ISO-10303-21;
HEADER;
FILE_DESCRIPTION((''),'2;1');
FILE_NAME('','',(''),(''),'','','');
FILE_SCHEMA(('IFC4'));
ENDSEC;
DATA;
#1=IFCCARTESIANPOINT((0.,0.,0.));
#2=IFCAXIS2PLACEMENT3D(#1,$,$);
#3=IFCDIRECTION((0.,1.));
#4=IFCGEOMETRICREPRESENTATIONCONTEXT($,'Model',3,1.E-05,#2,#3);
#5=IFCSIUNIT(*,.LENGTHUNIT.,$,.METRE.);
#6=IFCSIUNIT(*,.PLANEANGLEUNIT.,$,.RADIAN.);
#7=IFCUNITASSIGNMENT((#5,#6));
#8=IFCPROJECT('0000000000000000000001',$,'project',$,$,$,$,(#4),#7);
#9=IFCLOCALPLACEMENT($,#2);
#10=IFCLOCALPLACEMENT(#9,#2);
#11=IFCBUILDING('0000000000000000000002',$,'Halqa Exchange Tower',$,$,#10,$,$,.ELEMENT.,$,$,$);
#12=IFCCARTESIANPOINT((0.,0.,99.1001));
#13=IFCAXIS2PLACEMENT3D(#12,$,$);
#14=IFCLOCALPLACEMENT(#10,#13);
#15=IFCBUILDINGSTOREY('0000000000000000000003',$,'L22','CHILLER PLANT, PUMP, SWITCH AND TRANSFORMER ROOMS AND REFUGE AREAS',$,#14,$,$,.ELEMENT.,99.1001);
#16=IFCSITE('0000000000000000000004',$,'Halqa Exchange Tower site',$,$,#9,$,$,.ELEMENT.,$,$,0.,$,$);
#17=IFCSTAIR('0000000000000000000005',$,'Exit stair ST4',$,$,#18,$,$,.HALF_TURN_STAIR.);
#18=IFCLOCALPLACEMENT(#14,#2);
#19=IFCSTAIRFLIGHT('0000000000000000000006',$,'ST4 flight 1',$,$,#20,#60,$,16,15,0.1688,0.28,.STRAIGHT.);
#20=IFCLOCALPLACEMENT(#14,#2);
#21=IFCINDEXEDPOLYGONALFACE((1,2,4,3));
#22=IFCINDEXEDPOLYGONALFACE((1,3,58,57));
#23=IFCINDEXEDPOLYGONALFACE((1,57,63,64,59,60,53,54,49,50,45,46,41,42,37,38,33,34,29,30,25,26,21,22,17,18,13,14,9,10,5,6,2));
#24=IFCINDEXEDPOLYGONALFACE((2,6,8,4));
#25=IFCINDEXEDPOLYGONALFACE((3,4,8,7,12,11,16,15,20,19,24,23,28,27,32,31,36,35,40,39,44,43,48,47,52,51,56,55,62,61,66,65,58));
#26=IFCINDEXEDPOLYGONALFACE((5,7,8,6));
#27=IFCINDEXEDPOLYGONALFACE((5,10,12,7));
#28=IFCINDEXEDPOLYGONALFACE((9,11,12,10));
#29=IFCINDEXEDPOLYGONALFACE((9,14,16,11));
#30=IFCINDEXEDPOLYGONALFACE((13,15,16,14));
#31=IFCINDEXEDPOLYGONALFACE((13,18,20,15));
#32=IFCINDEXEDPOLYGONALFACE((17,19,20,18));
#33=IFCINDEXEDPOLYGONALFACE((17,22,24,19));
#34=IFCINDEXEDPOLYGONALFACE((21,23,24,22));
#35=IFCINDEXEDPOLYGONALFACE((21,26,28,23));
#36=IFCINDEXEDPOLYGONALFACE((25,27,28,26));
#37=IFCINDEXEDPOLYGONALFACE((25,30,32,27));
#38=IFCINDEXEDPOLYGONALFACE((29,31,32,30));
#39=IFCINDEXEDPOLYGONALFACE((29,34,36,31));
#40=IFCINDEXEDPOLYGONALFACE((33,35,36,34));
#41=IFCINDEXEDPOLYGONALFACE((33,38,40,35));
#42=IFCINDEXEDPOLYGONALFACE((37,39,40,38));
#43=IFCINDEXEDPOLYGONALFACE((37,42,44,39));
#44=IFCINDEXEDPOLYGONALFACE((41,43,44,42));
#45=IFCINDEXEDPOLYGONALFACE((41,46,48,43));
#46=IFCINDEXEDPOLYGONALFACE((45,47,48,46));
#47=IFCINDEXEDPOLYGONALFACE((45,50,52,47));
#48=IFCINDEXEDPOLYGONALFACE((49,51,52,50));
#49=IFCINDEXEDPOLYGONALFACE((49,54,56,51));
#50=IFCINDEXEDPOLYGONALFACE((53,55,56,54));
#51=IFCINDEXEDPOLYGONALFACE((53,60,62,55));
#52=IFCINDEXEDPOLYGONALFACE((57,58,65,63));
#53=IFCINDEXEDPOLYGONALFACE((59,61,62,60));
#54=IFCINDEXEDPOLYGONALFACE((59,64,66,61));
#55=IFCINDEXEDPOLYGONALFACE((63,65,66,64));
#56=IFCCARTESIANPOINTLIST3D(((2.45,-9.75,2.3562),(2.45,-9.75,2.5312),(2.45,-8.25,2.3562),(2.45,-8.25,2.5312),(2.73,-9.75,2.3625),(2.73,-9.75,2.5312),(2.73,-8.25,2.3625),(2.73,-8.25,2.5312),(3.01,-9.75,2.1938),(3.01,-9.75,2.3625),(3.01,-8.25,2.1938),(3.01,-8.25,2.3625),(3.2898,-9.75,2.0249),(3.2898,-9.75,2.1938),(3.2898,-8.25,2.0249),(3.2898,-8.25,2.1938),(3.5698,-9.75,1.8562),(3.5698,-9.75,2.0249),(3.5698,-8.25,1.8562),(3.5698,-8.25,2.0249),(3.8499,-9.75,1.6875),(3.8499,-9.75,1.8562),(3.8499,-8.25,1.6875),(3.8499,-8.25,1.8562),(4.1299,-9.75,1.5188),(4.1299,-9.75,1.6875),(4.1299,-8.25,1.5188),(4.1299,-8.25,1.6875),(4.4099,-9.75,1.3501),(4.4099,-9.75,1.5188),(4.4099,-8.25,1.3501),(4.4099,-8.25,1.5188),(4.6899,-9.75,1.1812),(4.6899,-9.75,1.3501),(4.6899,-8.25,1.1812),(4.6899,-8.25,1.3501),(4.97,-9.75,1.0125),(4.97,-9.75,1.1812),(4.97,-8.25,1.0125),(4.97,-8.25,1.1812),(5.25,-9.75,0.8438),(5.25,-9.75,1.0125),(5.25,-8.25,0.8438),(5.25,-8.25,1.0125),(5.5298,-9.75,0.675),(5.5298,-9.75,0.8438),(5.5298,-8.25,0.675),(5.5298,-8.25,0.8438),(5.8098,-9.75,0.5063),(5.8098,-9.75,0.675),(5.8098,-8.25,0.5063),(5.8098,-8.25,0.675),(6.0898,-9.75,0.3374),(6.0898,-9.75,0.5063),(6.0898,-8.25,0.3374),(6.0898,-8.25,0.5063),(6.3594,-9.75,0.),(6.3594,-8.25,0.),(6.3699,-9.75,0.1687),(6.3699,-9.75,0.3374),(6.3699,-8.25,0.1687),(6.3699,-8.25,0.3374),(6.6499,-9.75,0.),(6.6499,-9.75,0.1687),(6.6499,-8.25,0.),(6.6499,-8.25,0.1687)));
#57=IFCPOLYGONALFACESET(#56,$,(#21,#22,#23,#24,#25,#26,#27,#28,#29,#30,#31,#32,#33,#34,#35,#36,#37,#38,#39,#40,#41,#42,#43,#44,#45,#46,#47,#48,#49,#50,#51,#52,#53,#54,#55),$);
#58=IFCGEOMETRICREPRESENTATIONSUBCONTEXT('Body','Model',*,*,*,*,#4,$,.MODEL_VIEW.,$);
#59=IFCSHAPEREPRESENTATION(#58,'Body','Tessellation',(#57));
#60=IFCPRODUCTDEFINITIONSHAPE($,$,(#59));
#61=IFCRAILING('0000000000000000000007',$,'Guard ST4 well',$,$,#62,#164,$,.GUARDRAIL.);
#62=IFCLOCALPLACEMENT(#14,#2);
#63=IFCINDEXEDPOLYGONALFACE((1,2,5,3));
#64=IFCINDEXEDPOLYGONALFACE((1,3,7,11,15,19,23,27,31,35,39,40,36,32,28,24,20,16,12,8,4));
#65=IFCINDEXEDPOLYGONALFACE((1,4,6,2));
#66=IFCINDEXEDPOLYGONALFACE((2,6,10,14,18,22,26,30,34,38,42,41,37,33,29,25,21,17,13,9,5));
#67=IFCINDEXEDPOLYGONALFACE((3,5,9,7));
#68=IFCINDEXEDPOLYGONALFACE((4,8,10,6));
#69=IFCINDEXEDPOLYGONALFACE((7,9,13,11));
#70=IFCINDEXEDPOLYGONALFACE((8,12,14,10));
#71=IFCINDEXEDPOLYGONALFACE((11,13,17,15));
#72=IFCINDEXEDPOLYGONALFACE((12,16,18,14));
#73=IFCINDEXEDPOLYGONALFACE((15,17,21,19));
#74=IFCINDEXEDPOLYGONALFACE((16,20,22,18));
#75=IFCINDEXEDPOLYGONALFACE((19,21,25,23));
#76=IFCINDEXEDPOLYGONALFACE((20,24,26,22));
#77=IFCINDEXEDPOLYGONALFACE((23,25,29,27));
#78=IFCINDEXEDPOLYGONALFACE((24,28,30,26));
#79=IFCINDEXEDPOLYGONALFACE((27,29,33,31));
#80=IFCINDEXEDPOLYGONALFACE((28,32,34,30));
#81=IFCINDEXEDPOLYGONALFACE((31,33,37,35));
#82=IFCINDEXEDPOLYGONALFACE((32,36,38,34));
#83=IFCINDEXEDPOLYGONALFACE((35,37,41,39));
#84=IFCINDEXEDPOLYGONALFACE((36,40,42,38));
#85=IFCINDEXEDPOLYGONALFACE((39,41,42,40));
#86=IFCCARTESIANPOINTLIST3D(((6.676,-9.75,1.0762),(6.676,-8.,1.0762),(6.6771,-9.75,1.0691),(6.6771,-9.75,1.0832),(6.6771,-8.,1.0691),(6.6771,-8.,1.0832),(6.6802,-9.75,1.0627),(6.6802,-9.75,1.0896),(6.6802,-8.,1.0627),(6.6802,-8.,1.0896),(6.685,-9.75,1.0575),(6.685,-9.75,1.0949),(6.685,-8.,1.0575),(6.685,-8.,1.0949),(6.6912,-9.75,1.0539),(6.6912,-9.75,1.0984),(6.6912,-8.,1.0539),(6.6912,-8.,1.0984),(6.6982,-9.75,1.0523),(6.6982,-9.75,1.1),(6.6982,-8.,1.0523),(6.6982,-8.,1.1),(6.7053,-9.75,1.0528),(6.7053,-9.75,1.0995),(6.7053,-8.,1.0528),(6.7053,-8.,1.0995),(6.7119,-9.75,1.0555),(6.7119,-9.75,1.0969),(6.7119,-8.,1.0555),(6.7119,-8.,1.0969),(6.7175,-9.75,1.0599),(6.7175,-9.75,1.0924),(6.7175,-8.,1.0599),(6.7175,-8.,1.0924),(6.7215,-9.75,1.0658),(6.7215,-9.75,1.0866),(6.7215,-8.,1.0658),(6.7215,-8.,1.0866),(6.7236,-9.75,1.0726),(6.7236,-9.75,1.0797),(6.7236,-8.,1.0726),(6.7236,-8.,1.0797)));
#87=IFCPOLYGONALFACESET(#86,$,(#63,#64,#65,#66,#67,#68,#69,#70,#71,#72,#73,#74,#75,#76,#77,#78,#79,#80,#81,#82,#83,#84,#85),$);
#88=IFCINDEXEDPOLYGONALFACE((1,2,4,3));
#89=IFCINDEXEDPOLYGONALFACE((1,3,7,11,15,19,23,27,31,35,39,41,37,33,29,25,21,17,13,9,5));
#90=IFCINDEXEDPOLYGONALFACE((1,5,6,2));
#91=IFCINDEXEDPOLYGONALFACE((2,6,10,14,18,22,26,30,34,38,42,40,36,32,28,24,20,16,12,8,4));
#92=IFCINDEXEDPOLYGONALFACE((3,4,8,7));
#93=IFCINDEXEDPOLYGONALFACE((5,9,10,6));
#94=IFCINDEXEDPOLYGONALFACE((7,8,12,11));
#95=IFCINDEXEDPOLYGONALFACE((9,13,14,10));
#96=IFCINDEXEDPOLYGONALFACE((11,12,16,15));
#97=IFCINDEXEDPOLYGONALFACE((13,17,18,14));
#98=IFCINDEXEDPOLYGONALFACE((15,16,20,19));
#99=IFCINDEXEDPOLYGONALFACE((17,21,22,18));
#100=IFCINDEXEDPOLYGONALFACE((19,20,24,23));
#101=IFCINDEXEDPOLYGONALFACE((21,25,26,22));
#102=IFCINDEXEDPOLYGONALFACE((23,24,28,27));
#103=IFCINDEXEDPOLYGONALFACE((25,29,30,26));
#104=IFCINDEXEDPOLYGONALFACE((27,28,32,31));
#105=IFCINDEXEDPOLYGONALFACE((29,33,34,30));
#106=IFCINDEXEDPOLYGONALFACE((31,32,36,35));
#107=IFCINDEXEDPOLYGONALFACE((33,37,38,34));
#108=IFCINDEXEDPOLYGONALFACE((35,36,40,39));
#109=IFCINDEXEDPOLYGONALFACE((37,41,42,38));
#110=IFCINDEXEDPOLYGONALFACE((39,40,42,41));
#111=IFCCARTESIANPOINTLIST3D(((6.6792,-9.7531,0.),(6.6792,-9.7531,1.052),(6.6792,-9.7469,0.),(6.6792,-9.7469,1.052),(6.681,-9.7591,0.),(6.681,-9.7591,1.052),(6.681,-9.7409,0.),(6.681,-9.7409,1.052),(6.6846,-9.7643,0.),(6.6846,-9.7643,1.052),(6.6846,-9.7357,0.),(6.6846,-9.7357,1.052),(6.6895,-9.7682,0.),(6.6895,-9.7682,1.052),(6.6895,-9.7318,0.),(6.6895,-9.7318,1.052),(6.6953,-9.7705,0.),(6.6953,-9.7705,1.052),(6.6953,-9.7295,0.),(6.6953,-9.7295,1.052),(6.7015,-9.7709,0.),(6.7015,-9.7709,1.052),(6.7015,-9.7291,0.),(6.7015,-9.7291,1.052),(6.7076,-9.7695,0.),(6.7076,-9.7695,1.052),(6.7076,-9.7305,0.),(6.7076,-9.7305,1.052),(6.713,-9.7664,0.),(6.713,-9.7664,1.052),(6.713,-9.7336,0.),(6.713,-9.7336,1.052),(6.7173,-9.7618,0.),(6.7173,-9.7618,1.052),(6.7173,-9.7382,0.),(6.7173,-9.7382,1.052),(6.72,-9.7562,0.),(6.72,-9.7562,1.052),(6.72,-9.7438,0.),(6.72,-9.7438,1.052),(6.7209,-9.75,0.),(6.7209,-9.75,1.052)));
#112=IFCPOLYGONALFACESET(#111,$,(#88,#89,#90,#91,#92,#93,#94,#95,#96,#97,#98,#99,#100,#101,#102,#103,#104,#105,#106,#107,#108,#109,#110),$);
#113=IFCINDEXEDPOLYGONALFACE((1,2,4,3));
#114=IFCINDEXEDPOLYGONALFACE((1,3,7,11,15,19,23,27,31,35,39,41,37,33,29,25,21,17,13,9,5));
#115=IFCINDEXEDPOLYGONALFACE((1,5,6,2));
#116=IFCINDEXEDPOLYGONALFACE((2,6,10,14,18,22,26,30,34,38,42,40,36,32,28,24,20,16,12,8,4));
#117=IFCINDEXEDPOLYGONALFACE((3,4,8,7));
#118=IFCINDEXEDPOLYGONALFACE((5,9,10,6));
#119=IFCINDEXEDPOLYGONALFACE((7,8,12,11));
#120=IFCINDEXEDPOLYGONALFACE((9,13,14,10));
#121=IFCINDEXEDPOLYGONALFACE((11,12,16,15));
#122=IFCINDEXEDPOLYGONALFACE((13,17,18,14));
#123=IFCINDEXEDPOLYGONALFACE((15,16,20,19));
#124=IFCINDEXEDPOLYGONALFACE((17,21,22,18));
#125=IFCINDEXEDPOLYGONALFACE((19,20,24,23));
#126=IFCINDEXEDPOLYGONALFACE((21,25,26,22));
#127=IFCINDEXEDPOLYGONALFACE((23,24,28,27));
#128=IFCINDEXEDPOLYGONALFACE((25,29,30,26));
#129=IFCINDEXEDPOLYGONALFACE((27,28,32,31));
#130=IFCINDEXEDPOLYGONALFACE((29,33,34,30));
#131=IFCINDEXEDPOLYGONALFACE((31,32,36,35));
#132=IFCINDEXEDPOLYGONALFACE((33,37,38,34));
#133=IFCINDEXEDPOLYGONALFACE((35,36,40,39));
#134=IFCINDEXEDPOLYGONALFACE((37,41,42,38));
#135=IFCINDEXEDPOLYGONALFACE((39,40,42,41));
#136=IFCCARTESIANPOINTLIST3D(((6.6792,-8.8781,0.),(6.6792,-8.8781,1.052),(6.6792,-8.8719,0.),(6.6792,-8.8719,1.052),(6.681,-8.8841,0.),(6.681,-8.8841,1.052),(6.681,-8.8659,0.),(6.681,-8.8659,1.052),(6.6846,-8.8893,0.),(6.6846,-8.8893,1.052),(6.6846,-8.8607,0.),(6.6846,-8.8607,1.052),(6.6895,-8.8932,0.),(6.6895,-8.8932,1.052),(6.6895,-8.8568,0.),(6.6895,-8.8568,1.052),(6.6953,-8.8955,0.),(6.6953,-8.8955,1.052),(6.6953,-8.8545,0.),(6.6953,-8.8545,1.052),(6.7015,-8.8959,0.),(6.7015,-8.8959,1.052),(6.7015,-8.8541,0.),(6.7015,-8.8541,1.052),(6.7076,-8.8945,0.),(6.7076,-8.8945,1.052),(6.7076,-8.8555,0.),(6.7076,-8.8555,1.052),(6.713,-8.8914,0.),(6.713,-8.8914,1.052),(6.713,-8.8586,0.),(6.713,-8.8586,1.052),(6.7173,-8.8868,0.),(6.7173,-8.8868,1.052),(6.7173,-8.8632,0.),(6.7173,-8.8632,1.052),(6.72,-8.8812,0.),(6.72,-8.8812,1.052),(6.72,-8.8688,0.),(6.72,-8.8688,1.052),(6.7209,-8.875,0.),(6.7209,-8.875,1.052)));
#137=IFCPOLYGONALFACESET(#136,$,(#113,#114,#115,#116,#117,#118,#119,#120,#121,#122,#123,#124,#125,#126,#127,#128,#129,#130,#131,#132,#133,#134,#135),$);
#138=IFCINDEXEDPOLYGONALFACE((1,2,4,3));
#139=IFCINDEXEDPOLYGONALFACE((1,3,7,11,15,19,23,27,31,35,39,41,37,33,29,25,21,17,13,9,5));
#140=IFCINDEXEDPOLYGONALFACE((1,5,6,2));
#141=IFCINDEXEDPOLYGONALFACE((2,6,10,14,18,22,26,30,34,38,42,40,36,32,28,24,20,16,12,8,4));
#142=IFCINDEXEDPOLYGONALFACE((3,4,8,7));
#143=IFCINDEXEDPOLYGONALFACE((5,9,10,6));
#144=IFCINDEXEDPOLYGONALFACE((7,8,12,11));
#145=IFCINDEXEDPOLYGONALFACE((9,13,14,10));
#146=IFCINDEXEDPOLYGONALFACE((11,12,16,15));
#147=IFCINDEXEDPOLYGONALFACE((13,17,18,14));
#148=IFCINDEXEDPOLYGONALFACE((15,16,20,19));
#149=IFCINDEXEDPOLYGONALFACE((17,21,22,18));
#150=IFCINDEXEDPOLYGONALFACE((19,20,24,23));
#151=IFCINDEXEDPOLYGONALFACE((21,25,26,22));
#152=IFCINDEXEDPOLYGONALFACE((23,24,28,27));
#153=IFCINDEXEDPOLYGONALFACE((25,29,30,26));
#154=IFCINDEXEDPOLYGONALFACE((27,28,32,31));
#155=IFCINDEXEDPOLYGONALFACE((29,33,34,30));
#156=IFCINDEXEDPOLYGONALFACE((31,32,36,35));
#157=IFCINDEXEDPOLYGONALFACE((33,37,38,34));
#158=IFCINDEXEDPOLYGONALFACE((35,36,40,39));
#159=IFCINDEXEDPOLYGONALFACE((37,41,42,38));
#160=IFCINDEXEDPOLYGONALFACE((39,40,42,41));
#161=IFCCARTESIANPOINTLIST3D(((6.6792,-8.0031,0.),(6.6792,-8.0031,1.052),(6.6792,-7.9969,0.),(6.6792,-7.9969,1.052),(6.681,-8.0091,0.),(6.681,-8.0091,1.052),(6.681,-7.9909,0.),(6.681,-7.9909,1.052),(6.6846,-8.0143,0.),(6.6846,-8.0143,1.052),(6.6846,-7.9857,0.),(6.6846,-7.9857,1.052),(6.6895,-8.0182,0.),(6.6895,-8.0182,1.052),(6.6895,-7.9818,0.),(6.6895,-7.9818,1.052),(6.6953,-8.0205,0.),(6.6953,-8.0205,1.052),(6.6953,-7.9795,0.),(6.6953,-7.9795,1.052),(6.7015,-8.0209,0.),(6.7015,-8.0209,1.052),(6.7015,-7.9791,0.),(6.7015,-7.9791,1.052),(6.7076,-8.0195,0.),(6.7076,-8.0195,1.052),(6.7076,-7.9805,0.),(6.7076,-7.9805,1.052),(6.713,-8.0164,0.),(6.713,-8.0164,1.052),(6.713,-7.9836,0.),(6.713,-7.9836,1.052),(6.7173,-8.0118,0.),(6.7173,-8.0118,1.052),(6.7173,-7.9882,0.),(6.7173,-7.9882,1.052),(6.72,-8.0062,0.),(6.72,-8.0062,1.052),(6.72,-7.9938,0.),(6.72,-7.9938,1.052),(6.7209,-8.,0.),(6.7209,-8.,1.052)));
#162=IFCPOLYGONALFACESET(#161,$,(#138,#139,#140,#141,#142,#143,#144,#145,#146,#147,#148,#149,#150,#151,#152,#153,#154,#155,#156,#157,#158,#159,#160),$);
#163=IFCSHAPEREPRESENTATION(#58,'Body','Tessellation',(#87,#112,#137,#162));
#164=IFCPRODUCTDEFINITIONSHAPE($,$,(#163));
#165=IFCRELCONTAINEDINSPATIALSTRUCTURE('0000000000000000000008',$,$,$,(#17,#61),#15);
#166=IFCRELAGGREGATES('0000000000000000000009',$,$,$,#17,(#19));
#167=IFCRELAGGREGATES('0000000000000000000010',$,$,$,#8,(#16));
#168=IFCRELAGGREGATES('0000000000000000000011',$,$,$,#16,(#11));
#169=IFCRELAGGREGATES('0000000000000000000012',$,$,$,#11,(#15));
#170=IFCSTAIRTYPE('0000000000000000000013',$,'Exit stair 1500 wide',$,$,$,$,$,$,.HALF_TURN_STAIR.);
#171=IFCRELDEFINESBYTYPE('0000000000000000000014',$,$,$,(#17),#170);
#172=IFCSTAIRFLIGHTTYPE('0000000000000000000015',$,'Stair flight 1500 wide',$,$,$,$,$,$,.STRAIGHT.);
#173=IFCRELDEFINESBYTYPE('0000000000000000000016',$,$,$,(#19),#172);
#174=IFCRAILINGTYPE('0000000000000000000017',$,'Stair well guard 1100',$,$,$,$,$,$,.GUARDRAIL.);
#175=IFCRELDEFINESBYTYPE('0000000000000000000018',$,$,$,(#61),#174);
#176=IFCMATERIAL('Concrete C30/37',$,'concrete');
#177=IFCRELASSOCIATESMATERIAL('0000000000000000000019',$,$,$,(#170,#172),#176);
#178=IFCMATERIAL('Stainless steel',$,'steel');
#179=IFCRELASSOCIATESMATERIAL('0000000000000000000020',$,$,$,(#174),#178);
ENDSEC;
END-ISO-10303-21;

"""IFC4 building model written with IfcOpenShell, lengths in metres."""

from ifc_helpers import new_model, si_unit, direction, frame, origin, origin_2d, place, context, subcontext, project, spatial, polyline, circle, outline, extrude, material, type_object, element, aggregate, save


model = new_model("IFC4")

# Units and contexts
model_context = context("Model", 3, precision=1e-05, world=origin(), true_north=direction((0.0, 1.0)))
body_context = subcontext(model_context, "Body", "Model", "MODEL_VIEW")
ifc_project = project(units=[si_unit("LENGTHUNIT", "METRE"), si_unit("PLANEANGLEUNIT", "RADIAN")], contexts=[model_context])

# Site, building, storey
site_placement = place(None, origin())
site = spatial("IfcSite", under=ifc_project, at=site_placement, Name="Halqa Exchange Tower site", CompositionType="ELEMENT", RefElevation=0.0)
building_placement = place(site_placement, origin())
building = spatial("IfcBuilding", under=site, at=building_placement, Name="Halqa Exchange Tower", CompositionType="ELEMENT")
storey_placement = place(building_placement, frame((0.0, 0.0, 99.1001)))
storey = spatial("IfcBuildingStorey", under=building, at=storey_placement, Name="L22", Description="CHILLER PLANT, PUMP, SWITCH AND TRANSFORMER ROOMS AND REFUGE AREAS", CompositionType="ELEMENT", Elevation=99.1001)

# Shared definitions
ifc_material_1 = material(Name="Concrete C30/37", Category="concrete")

# Stair, stair flight
stair_type = type_object("IfcStairType", Name="Exit stair 1500 wide", PredefinedType="HALF_TURN_STAIR", material=ifc_material_1)
stair_placement = place(storey_placement, origin())
stair = element("IfcStair", 1, at=stair_placement, inside=storey, type_object=stair_type, Name="Exit stair ST4", PredefinedType="HALF_TURN_STAIR")
stair_flight_type = type_object("IfcStairFlightType", Name="Stair flight 1500 wide", PredefinedType="STRAIGHT", material=ifc_material_1)
stair_flight_placement = place(storey_placement, frame((6.6499, -9.0, 0.0), z_axis=(0.0, 0.0, 1.0), x_axis=(-1.0, 0.0, 0.0)))
stair_flight = element("IfcStairFlight", 2, at=stair_flight_placement, type_object=stair_flight_type, Name="ST4 flight 1", NumberOfRisers=16, NumberOfTreads=15, PredefinedType="STRAIGHT", RiserHeight=0.1688, TreadLength=0.28, context=body_context, shape_type="SweptSolid", body=[
    extrude(outline(polyline([(0.0, 0.0), (0.0, 0.1687), (0.28, 0.1687), (0.28, 0.3374), (0.5601, 0.3374), (0.5601, 0.5063), (0.8401, 0.5063), (0.8401, 0.675), (1.1201, 0.675), (1.1201, 0.8438), (1.3999, 0.8438), (1.3999, 1.0125), (1.6799, 1.0125), (1.6799, 1.1812), (1.96, 1.1812), (1.96, 1.3501), (2.24, 1.3501), (2.24, 1.5188), (2.52, 1.5188), (2.52, 1.6875), (2.8, 1.6875), (2.8, 1.8562), (3.0801, 1.8562), (3.0801, 2.0249), (3.3601, 2.0249), (3.3601, 2.1938), (3.6399, 2.1938), (3.6399, 2.3625), (3.9199, 2.3625), (3.9199, 2.5312), (4.2, 2.5312), (4.2, 2.7), (4.2, 2.3562), (0.2905, 0.0), (0.0, 0.0)])), frame((0.0, 0.75, 0.0), z_axis=(0.0, -1.0, 0.0), x_axis=(1.0, 0.0, 0.0)), (0.0, 0.0, 1.0), 1.5),
])
aggregate(stair, [stair_flight])

# Railing
ifc_material_2 = material(Name="Stainless steel", Category="steel")
railing_type_1 = type_object("IfcRailingType", Name="Stair well guard 1100", PredefinedType="GUARDRAIL", material=ifc_material_2)
railing_1_placement = place(storey_placement, frame((6.7, -9.75, 0.0)))
element("IfcRailing", 3, at=railing_1_placement, inside=storey, type_object=railing_type_1, Name="Guard ST4 well", PredefinedType="GUARDRAIL", context=body_context, shape_type="SweptSolid", body=[
    extrude(circle(Radius=0.0239, at=origin_2d()), frame((0.0, 0.0, 1.0762), z_axis=(0.0, 1.0, 0.0), x_axis=(-1.0, 0.0, 0.0)), (0.0, 0.0, 1.0), 1.75),
    extrude(circle(Radius=0.021, at=origin_2d()), origin(), (0.0, 0.0, 1.0), 1.052),
    extrude(circle(Radius=0.021, at=origin_2d()), frame((0.0, 0.875, 0.0)), (0.0, 0.0, 1.0), 1.052),
    extrude(circle(Radius=0.021, at=origin_2d()), frame((0.0, 1.75, 0.0)), (0.0, 0.0, 1.0), 1.052),
])

save(model, "model.ifc")
